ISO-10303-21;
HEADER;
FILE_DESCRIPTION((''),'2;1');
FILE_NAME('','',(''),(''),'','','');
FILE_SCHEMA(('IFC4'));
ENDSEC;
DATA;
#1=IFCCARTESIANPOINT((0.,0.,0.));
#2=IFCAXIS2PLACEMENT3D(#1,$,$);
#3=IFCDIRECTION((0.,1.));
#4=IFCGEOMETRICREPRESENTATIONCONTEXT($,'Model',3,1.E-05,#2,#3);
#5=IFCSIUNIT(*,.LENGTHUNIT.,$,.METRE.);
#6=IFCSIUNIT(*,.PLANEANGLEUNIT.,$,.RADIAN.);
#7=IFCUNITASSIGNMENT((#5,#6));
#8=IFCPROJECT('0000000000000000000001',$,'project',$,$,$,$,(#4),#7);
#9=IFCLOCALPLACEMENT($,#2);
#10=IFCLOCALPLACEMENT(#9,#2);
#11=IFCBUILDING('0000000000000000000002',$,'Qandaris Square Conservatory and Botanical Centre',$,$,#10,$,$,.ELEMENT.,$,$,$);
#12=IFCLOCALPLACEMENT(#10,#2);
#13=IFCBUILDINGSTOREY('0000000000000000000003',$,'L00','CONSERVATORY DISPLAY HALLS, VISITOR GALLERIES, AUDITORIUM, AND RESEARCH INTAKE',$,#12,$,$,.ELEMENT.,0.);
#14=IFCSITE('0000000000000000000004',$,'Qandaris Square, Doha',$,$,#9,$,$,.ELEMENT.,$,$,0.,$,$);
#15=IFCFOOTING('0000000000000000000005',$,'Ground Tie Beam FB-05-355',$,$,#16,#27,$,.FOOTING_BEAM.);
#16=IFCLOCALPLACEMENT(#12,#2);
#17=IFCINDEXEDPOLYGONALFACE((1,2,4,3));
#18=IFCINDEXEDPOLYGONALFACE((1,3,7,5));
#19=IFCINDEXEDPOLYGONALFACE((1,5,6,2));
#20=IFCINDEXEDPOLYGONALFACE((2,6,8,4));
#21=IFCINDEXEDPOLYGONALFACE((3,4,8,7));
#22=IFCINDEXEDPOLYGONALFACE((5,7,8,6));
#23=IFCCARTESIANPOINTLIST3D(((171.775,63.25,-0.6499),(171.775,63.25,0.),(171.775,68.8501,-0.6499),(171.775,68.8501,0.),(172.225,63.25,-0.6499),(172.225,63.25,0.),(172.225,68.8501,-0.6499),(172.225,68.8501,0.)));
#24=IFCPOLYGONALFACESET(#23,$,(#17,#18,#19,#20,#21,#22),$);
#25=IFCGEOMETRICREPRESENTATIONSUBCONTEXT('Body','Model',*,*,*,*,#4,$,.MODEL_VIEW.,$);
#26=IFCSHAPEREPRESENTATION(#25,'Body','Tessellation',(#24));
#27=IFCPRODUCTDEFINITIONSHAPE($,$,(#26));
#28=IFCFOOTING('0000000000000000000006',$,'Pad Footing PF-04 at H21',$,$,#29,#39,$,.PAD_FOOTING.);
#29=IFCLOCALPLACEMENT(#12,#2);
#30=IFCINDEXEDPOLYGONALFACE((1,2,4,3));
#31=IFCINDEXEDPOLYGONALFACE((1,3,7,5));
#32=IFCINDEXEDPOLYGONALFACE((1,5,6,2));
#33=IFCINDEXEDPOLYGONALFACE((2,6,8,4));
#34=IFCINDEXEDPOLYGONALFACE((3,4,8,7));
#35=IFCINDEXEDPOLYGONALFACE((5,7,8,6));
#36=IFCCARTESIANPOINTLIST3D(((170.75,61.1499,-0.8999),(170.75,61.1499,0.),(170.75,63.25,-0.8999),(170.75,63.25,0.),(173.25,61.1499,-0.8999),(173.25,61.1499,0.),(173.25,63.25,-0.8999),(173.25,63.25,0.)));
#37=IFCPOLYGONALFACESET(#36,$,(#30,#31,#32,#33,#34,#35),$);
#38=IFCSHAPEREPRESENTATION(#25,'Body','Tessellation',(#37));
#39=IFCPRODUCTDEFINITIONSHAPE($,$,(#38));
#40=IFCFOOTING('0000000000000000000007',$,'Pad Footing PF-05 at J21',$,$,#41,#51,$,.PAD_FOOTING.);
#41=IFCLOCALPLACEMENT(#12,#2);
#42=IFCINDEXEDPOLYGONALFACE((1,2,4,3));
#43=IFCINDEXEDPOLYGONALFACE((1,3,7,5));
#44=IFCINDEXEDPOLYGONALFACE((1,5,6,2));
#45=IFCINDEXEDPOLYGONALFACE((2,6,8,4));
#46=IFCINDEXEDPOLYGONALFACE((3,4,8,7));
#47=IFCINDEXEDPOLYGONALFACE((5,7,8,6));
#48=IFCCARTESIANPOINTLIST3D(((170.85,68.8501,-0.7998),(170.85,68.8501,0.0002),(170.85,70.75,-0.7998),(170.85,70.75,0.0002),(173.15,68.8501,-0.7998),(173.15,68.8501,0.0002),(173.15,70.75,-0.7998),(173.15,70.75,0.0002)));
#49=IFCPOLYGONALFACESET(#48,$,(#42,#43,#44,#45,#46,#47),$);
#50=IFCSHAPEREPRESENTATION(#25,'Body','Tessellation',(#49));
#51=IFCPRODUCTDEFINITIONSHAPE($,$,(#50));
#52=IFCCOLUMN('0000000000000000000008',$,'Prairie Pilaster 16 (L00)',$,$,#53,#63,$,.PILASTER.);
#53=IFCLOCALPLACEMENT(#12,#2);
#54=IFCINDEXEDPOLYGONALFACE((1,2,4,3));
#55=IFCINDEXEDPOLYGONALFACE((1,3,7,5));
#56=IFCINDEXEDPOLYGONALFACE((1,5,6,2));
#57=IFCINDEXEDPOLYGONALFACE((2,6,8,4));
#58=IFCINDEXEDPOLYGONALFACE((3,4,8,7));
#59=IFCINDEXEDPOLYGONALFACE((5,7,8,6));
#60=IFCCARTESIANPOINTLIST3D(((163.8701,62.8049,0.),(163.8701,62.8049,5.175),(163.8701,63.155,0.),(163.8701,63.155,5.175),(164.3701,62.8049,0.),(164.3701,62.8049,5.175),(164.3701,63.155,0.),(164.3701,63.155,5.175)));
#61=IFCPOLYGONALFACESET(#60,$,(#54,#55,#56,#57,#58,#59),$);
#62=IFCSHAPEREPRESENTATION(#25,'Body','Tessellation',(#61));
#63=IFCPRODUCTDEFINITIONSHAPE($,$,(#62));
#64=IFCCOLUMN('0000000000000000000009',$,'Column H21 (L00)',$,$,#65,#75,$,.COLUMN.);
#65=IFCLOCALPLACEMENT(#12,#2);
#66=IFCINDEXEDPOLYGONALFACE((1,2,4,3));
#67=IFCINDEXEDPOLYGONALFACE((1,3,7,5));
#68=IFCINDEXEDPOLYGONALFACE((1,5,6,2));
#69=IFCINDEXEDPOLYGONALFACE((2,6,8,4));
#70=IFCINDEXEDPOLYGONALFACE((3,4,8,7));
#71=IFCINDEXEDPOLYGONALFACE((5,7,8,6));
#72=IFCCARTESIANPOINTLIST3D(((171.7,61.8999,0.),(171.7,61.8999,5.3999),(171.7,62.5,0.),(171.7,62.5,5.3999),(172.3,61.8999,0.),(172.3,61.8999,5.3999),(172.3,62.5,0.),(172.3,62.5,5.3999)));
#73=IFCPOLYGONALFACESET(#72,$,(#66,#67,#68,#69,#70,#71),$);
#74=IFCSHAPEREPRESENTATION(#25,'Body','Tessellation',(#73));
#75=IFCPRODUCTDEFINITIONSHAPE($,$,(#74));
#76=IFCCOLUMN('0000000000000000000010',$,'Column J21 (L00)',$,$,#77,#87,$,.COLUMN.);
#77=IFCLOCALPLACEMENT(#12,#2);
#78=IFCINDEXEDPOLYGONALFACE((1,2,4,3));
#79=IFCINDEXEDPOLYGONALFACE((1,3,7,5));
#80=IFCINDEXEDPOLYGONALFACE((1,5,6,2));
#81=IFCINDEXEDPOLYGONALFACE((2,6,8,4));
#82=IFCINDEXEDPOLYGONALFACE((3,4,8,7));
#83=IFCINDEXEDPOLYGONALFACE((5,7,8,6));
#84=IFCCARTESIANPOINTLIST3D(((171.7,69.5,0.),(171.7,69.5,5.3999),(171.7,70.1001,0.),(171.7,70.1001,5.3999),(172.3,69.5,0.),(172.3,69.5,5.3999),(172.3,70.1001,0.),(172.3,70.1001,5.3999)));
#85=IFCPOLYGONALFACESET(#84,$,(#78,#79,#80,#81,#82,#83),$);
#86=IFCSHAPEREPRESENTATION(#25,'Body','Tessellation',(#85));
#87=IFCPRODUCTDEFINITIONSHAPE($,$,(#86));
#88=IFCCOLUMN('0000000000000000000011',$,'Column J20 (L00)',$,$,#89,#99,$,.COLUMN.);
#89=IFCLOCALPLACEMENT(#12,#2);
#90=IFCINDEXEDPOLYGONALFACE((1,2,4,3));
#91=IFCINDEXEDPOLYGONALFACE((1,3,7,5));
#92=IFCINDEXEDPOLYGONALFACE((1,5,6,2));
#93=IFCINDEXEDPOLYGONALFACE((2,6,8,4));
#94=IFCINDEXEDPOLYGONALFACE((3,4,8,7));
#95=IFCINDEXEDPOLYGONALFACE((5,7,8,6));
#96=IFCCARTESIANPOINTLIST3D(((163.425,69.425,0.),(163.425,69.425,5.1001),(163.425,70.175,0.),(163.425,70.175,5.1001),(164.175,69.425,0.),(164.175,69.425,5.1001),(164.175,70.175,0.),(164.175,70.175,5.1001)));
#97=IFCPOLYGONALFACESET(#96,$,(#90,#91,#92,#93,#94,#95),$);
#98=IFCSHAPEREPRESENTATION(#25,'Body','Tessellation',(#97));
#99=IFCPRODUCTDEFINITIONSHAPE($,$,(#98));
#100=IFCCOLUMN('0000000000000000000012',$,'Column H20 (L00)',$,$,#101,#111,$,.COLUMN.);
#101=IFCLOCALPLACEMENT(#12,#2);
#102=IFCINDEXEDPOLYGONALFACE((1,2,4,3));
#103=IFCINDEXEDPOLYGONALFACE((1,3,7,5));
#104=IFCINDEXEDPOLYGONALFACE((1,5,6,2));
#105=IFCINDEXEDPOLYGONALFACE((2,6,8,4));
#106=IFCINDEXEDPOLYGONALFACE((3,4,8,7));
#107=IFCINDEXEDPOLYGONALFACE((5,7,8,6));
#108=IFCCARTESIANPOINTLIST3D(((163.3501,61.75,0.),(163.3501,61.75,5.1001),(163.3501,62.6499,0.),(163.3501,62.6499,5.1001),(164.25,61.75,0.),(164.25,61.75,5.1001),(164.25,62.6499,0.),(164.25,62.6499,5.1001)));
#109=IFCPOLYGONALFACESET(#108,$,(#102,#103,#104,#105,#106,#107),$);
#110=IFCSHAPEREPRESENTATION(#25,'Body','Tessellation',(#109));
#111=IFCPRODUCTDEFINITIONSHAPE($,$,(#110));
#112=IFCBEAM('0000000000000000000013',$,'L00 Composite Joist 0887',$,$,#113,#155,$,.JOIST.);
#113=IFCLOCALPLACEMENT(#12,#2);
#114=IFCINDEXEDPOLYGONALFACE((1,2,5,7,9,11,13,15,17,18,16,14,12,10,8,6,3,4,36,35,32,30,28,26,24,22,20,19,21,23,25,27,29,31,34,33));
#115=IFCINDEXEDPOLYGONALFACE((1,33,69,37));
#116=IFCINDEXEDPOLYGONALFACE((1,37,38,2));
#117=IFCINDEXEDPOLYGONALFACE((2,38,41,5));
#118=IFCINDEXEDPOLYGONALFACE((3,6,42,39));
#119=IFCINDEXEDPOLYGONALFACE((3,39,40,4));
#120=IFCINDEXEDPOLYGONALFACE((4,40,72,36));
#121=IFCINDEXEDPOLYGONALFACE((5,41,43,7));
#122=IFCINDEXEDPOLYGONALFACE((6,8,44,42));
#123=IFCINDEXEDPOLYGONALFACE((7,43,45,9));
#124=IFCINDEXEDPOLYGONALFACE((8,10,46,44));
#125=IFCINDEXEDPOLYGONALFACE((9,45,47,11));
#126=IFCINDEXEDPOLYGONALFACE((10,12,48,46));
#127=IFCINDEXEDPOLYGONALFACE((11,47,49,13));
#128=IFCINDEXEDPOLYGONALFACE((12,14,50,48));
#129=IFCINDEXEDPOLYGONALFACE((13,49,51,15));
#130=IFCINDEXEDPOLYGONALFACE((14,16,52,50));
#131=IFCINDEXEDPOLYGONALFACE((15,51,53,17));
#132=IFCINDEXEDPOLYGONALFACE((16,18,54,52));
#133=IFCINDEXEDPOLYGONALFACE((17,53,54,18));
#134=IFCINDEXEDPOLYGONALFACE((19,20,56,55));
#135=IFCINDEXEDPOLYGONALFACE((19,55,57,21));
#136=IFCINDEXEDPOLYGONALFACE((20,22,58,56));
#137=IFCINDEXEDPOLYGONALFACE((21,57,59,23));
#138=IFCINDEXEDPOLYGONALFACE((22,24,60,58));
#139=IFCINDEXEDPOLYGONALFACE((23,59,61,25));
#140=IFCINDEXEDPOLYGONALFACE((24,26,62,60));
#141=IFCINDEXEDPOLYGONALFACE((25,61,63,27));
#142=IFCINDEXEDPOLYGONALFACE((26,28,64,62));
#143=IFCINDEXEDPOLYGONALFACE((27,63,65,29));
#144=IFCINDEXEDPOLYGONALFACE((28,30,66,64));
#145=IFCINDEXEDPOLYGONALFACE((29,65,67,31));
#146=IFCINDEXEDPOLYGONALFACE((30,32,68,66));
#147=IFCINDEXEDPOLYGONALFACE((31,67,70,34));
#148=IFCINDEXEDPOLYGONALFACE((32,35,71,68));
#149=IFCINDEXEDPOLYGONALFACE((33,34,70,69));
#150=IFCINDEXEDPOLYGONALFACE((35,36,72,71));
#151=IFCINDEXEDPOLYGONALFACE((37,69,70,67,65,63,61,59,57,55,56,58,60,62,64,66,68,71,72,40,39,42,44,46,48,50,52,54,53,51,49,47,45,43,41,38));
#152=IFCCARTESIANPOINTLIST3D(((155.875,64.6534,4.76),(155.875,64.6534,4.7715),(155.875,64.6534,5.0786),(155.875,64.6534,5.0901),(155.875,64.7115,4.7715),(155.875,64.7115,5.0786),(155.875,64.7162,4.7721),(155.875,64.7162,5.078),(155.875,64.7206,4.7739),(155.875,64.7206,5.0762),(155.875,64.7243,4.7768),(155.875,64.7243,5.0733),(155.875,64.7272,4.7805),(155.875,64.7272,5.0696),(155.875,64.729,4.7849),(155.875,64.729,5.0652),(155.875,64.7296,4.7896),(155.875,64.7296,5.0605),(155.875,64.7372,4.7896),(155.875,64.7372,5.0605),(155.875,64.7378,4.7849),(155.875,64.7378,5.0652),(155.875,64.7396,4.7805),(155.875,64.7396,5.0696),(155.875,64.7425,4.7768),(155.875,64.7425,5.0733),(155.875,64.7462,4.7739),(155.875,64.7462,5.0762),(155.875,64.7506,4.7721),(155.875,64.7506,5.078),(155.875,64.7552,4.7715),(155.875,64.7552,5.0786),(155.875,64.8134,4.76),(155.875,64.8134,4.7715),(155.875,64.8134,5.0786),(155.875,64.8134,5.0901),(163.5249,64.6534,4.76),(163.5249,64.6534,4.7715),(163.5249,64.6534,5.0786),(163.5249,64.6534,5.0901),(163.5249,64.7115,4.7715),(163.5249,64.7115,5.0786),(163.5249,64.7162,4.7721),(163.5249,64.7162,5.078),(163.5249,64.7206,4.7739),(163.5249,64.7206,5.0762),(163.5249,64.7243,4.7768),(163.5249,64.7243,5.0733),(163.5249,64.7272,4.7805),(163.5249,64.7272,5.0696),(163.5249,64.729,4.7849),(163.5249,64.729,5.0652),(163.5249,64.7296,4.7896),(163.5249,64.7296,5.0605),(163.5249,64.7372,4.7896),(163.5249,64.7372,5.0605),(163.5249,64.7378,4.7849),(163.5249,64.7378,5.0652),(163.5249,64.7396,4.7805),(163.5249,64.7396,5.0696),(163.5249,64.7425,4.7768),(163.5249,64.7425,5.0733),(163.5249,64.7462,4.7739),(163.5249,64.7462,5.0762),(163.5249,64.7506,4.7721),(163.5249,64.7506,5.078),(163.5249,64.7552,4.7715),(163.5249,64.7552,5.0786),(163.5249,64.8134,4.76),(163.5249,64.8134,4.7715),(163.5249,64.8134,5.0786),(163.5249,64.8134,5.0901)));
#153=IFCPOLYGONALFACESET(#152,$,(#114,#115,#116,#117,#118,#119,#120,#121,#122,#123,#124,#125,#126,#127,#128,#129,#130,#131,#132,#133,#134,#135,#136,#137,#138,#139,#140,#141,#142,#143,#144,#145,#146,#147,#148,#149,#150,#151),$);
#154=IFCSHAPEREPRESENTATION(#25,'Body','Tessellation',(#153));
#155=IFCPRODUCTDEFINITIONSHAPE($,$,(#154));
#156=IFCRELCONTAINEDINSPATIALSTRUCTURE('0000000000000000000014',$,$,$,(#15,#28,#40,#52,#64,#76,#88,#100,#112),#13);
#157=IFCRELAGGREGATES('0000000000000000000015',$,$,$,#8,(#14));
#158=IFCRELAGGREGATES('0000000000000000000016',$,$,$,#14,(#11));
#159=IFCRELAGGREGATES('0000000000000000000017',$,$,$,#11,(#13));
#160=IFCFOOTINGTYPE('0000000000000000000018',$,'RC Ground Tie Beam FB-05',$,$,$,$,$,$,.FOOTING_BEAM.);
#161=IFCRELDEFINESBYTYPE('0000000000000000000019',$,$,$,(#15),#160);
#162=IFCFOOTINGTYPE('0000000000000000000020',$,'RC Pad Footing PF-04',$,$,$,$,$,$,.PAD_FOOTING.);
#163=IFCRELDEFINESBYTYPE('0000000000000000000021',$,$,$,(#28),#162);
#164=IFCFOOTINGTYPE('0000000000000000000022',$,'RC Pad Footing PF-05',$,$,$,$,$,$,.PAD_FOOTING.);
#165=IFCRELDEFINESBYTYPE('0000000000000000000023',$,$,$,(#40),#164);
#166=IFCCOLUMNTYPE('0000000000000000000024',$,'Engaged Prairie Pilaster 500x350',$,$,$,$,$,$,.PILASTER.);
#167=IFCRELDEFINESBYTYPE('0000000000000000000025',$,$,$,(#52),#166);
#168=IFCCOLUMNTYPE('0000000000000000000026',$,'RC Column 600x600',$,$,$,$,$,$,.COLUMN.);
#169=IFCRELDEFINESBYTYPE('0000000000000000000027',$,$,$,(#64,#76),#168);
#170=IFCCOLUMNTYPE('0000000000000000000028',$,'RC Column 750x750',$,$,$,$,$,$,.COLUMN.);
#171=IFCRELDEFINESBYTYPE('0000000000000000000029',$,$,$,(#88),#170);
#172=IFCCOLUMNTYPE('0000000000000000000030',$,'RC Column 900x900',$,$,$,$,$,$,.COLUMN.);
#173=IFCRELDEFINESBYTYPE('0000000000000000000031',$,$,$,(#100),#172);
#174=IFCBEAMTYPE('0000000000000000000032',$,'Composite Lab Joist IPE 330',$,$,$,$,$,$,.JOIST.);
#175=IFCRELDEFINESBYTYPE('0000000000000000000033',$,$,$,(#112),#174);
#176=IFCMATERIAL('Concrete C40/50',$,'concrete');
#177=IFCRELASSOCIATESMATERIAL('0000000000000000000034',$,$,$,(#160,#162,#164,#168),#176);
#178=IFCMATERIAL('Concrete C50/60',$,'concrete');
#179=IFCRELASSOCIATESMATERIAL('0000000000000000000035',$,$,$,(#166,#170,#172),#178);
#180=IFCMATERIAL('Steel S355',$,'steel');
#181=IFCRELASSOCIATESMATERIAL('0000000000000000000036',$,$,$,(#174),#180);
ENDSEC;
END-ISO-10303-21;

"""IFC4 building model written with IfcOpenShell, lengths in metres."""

from ifc_helpers import new_model, si_unit, direction, frame, origin, origin_2d, place, context, subcontext, project, spatial, rectangle, i_section, extrude, material, material_profile, profile_set, type_object, element, save


model = new_model("IFC4")

# Units and contexts
model_context = context("Model", 3, precision=1e-05, world=origin(), true_north=direction((0.0, 1.0)))
body_context = subcontext(model_context, "Body", "Model", "MODEL_VIEW")
ifc_project = project(units=[si_unit("LENGTHUNIT", "METRE"), si_unit("PLANEANGLEUNIT", "RADIAN")], contexts=[model_context])

# Site, building, storey
site_placement = place(None, origin())
site = spatial("IfcSite", under=ifc_project, at=site_placement, Name="Qandaris Square, Doha", CompositionType="ELEMENT", RefElevation=0.0)
building_placement = place(site_placement, origin())
building = spatial("IfcBuilding", under=site, at=building_placement, Name="Qandaris Square Conservatory and Botanical Centre", CompositionType="ELEMENT")
storey_placement = place(building_placement, origin())
storey = spatial("IfcBuildingStorey", under=building, at=storey_placement, Name="L00", Description="CONSERVATORY DISPLAY HALLS, VISITOR GALLERIES, AUDITORIUM, AND RESEARCH INTAKE", CompositionType="ELEMENT", Elevation=0.0)

# Footings
ifc_material_1 = material(Name="Concrete C40/50", Category="concrete")
ifc_material_profile_1 = material_profile(ifc_material_1, rectangle(XDim=0.45, YDim=0.6499, at=origin_2d()), Name="FB 450x650")
ifc_profile_set_1 = profile_set([ifc_material_profile_1], Name="Concrete C40/50")
footing_type_1 = type_object("IfcFootingType", Name="RC Ground Tie Beam FB-05", PredefinedType="FOOTING_BEAM", material=ifc_profile_set_1)
footing_1_placement = place(storey_placement, frame((172.0, 63.25, -0.325), z_axis=(0.0, 1.0, 0.0), x_axis=(-1.0, 0.0, 0.0)))
element("IfcFooting", 1, at=footing_1_placement, inside=storey, type_object=footing_type_1, Name="Ground Tie Beam FB-05-355", PredefinedType="FOOTING_BEAM", context=body_context, shape_type="SweptSolid", body=[
    extrude(rectangle(XDim=0.45, YDim=0.6499, at=origin_2d()), origin(), (0.0, 0.0, 1.0), 5.6001),
])
footing_type_2 = type_object("IfcFootingType", Name="RC Pad Footing PF-04", PredefinedType="PAD_FOOTING", material=ifc_material_1)
footing_2_placement = place(storey_placement, frame((172.0, 62.2, -0.8999), z_axis=(0.0, 0.0, 1.0), x_axis=(1.0, 0.0, 0.0)))
element("IfcFooting", 2, at=footing_2_placement, inside=storey, type_object=footing_type_2, Name="Pad Footing PF-04 at H21", PredefinedType="PAD_FOOTING", context=body_context, shape_type="SweptSolid", body=[
    extrude(rectangle(XDim=2.5, YDim=2.1001, at=origin_2d()), origin(), (0.0, 0.0, 1.0), 0.8999),
])
footing_type_3 = type_object("IfcFootingType", Name="RC Pad Footing PF-05", PredefinedType="PAD_FOOTING", material=ifc_material_1)
footing_3_placement = place(storey_placement, frame((172.0, 69.8, -0.7998), z_axis=(0.0, 0.0, 1.0), x_axis=(1.0, 0.0, 0.0)))
element("IfcFooting", 3, at=footing_3_placement, inside=storey, type_object=footing_type_3, Name="Pad Footing PF-05 at J21", PredefinedType="PAD_FOOTING", context=body_context, shape_type="SweptSolid", body=[
    extrude(rectangle(XDim=2.3, YDim=1.8999, at=origin_2d()), origin(), (0.0, 0.0, 1.0), 0.8),
])

# Columns
ifc_material_2 = material(Name="Concrete C50/60", Category="concrete")
ifc_material_profile_2 = material_profile(ifc_material_2, rectangle(XDim=0.5, YDim=0.3501, at=origin_2d()), Name="RC-PIL 500x350")
ifc_profile_set_2 = profile_set([ifc_material_profile_2], Name="Concrete C50/60")
column_type_1 = type_object("IfcColumnType", Name="Engaged Prairie Pilaster 500x350", PredefinedType="PILASTER", material=ifc_profile_set_2)
column_1_placement = place(storey_placement, frame((164.1201, 62.98, 0.0), z_axis=(0.0, 0.0, 1.0), x_axis=(1.0, 0.0, 0.0)))
element("IfcColumn", 4, at=column_1_placement, inside=storey, type_object=column_type_1, Name="Prairie Pilaster 16 (L00)", PredefinedType="PILASTER", context=body_context, shape_type="SweptSolid", body=[
    extrude(rectangle(XDim=0.5, YDim=0.3501, at=origin_2d()), origin(), (0.0, 0.0, 1.0), 5.175),
])
ifc_material_profile_3 = material_profile(ifc_material_1, rectangle(XDim=0.6001, YDim=0.6001, at=origin_2d()), Name="RC-COL 600x600")
ifc_profile_set_3 = profile_set([ifc_material_profile_3], Name="Concrete C40/50")
column_type_2 = type_object("IfcColumnType", Name="RC Column 600x600", PredefinedType="COLUMN", material=ifc_profile_set_3)
for number, where, z_axis, x_axis, name in (
    (5, (172.0, 62.2, 0.0), (0.0, 0.0, 1.0), (1.0, 0.0, 0.0), "Column H21 (L00)"),
    (6, (172.0, 69.8, 0.0), (0.0, 0.0, 1.0), (1.0, 0.0, 0.0), "Column J21 (L00)"),
):
    element("IfcColumn", number, at=place(storey_placement, frame(where, z_axis=z_axis, x_axis=x_axis)), inside=storey, type_object=column_type_2, Name=name, PredefinedType="COLUMN", context=body_context, shape_type="SweptSolid", body=[
        extrude(rectangle(XDim=0.6001, YDim=0.6001, at=origin_2d()), origin(), (0.0, 0.0, 1.0), 5.3999),
    ])
ifc_material_profile_4 = material_profile(ifc_material_2, rectangle(XDim=0.75, YDim=0.75, at=origin_2d()), Name="RC-COL 750x750")
ifc_profile_set_4 = profile_set([ifc_material_profile_4], Name="Concrete C50/60")
column_type_3 = type_object("IfcColumnType", Name="RC Column 750x750", PredefinedType="COLUMN", material=ifc_profile_set_4)
column_2_placement = place(storey_placement, frame((163.8, 69.8, 0.0), z_axis=(0.0, 0.0, 1.0), x_axis=(1.0, 0.0, 0.0)))
element("IfcColumn", 7, at=column_2_placement, inside=storey, type_object=column_type_3, Name="Column J20 (L00)", PredefinedType="COLUMN", context=body_context, shape_type="SweptSolid", body=[
    extrude(rectangle(XDim=0.75, YDim=0.75, at=origin_2d()), origin(), (0.0, 0.0, 1.0), 5.1001),
])
ifc_material_profile_5 = material_profile(ifc_material_2, rectangle(XDim=0.8999, YDim=0.8999, at=origin_2d()), Name="RC-COL 900x900")
ifc_profile_set_5 = profile_set([ifc_material_profile_5], Name="Concrete C50/60")
column_type_4 = type_object("IfcColumnType", Name="RC Column 900x900", PredefinedType="COLUMN", material=ifc_profile_set_5)
column_3_placement = place(storey_placement, frame((163.8, 62.2, 0.0), z_axis=(0.0, 0.0, 1.0), x_axis=(1.0, 0.0, 0.0)))
element("IfcColumn", 8, at=column_3_placement, inside=storey, type_object=column_type_4, Name="Column H20 (L00)", PredefinedType="COLUMN", context=body_context, shape_type="SweptSolid", body=[
    extrude(rectangle(XDim=0.8999, YDim=0.8999, at=origin_2d()), origin(), (0.0, 0.0, 1.0), 5.1001),
])

# Beam
ifc_material_3 = material(Name="Steel S355", Category="steel")
ifc_material_profile_6 = material_profile(ifc_material_3, i_section(OverallWidth=0.1599, OverallDepth=0.3301, WebThickness=0.0076, FlangeThickness=0.0115, FilletRadius=0.0181, at=origin_2d()), Name="IPE 330")
ifc_profile_set_6 = profile_set([ifc_material_profile_6], Name="Steel S355")
beam_type_1 = type_object("IfcBeamType", Name="Composite Lab Joist IPE 330", PredefinedType="JOIST", material=ifc_profile_set_6)
beam_1_placement = place(storey_placement, frame((155.875, 64.7334, 4.925), z_axis=(1.0, 0.0, 0.0), x_axis=(0.0, 1.0, 0.0)))
element("IfcBeam", 9, at=beam_1_placement, inside=storey, type_object=beam_type_1, Name="L00 Composite Joist 0887", PredefinedType="JOIST", context=body_context, shape_type="SweptSolid", body=[
    extrude(i_section(OverallWidth=0.1599, OverallDepth=0.3301, WebThickness=0.0076, FlangeThickness=0.0115, FilletRadius=0.0181, at=origin_2d()), origin(), (0.0, 0.0, 1.0), 7.6499),
])

save(model, "model.ifc")
